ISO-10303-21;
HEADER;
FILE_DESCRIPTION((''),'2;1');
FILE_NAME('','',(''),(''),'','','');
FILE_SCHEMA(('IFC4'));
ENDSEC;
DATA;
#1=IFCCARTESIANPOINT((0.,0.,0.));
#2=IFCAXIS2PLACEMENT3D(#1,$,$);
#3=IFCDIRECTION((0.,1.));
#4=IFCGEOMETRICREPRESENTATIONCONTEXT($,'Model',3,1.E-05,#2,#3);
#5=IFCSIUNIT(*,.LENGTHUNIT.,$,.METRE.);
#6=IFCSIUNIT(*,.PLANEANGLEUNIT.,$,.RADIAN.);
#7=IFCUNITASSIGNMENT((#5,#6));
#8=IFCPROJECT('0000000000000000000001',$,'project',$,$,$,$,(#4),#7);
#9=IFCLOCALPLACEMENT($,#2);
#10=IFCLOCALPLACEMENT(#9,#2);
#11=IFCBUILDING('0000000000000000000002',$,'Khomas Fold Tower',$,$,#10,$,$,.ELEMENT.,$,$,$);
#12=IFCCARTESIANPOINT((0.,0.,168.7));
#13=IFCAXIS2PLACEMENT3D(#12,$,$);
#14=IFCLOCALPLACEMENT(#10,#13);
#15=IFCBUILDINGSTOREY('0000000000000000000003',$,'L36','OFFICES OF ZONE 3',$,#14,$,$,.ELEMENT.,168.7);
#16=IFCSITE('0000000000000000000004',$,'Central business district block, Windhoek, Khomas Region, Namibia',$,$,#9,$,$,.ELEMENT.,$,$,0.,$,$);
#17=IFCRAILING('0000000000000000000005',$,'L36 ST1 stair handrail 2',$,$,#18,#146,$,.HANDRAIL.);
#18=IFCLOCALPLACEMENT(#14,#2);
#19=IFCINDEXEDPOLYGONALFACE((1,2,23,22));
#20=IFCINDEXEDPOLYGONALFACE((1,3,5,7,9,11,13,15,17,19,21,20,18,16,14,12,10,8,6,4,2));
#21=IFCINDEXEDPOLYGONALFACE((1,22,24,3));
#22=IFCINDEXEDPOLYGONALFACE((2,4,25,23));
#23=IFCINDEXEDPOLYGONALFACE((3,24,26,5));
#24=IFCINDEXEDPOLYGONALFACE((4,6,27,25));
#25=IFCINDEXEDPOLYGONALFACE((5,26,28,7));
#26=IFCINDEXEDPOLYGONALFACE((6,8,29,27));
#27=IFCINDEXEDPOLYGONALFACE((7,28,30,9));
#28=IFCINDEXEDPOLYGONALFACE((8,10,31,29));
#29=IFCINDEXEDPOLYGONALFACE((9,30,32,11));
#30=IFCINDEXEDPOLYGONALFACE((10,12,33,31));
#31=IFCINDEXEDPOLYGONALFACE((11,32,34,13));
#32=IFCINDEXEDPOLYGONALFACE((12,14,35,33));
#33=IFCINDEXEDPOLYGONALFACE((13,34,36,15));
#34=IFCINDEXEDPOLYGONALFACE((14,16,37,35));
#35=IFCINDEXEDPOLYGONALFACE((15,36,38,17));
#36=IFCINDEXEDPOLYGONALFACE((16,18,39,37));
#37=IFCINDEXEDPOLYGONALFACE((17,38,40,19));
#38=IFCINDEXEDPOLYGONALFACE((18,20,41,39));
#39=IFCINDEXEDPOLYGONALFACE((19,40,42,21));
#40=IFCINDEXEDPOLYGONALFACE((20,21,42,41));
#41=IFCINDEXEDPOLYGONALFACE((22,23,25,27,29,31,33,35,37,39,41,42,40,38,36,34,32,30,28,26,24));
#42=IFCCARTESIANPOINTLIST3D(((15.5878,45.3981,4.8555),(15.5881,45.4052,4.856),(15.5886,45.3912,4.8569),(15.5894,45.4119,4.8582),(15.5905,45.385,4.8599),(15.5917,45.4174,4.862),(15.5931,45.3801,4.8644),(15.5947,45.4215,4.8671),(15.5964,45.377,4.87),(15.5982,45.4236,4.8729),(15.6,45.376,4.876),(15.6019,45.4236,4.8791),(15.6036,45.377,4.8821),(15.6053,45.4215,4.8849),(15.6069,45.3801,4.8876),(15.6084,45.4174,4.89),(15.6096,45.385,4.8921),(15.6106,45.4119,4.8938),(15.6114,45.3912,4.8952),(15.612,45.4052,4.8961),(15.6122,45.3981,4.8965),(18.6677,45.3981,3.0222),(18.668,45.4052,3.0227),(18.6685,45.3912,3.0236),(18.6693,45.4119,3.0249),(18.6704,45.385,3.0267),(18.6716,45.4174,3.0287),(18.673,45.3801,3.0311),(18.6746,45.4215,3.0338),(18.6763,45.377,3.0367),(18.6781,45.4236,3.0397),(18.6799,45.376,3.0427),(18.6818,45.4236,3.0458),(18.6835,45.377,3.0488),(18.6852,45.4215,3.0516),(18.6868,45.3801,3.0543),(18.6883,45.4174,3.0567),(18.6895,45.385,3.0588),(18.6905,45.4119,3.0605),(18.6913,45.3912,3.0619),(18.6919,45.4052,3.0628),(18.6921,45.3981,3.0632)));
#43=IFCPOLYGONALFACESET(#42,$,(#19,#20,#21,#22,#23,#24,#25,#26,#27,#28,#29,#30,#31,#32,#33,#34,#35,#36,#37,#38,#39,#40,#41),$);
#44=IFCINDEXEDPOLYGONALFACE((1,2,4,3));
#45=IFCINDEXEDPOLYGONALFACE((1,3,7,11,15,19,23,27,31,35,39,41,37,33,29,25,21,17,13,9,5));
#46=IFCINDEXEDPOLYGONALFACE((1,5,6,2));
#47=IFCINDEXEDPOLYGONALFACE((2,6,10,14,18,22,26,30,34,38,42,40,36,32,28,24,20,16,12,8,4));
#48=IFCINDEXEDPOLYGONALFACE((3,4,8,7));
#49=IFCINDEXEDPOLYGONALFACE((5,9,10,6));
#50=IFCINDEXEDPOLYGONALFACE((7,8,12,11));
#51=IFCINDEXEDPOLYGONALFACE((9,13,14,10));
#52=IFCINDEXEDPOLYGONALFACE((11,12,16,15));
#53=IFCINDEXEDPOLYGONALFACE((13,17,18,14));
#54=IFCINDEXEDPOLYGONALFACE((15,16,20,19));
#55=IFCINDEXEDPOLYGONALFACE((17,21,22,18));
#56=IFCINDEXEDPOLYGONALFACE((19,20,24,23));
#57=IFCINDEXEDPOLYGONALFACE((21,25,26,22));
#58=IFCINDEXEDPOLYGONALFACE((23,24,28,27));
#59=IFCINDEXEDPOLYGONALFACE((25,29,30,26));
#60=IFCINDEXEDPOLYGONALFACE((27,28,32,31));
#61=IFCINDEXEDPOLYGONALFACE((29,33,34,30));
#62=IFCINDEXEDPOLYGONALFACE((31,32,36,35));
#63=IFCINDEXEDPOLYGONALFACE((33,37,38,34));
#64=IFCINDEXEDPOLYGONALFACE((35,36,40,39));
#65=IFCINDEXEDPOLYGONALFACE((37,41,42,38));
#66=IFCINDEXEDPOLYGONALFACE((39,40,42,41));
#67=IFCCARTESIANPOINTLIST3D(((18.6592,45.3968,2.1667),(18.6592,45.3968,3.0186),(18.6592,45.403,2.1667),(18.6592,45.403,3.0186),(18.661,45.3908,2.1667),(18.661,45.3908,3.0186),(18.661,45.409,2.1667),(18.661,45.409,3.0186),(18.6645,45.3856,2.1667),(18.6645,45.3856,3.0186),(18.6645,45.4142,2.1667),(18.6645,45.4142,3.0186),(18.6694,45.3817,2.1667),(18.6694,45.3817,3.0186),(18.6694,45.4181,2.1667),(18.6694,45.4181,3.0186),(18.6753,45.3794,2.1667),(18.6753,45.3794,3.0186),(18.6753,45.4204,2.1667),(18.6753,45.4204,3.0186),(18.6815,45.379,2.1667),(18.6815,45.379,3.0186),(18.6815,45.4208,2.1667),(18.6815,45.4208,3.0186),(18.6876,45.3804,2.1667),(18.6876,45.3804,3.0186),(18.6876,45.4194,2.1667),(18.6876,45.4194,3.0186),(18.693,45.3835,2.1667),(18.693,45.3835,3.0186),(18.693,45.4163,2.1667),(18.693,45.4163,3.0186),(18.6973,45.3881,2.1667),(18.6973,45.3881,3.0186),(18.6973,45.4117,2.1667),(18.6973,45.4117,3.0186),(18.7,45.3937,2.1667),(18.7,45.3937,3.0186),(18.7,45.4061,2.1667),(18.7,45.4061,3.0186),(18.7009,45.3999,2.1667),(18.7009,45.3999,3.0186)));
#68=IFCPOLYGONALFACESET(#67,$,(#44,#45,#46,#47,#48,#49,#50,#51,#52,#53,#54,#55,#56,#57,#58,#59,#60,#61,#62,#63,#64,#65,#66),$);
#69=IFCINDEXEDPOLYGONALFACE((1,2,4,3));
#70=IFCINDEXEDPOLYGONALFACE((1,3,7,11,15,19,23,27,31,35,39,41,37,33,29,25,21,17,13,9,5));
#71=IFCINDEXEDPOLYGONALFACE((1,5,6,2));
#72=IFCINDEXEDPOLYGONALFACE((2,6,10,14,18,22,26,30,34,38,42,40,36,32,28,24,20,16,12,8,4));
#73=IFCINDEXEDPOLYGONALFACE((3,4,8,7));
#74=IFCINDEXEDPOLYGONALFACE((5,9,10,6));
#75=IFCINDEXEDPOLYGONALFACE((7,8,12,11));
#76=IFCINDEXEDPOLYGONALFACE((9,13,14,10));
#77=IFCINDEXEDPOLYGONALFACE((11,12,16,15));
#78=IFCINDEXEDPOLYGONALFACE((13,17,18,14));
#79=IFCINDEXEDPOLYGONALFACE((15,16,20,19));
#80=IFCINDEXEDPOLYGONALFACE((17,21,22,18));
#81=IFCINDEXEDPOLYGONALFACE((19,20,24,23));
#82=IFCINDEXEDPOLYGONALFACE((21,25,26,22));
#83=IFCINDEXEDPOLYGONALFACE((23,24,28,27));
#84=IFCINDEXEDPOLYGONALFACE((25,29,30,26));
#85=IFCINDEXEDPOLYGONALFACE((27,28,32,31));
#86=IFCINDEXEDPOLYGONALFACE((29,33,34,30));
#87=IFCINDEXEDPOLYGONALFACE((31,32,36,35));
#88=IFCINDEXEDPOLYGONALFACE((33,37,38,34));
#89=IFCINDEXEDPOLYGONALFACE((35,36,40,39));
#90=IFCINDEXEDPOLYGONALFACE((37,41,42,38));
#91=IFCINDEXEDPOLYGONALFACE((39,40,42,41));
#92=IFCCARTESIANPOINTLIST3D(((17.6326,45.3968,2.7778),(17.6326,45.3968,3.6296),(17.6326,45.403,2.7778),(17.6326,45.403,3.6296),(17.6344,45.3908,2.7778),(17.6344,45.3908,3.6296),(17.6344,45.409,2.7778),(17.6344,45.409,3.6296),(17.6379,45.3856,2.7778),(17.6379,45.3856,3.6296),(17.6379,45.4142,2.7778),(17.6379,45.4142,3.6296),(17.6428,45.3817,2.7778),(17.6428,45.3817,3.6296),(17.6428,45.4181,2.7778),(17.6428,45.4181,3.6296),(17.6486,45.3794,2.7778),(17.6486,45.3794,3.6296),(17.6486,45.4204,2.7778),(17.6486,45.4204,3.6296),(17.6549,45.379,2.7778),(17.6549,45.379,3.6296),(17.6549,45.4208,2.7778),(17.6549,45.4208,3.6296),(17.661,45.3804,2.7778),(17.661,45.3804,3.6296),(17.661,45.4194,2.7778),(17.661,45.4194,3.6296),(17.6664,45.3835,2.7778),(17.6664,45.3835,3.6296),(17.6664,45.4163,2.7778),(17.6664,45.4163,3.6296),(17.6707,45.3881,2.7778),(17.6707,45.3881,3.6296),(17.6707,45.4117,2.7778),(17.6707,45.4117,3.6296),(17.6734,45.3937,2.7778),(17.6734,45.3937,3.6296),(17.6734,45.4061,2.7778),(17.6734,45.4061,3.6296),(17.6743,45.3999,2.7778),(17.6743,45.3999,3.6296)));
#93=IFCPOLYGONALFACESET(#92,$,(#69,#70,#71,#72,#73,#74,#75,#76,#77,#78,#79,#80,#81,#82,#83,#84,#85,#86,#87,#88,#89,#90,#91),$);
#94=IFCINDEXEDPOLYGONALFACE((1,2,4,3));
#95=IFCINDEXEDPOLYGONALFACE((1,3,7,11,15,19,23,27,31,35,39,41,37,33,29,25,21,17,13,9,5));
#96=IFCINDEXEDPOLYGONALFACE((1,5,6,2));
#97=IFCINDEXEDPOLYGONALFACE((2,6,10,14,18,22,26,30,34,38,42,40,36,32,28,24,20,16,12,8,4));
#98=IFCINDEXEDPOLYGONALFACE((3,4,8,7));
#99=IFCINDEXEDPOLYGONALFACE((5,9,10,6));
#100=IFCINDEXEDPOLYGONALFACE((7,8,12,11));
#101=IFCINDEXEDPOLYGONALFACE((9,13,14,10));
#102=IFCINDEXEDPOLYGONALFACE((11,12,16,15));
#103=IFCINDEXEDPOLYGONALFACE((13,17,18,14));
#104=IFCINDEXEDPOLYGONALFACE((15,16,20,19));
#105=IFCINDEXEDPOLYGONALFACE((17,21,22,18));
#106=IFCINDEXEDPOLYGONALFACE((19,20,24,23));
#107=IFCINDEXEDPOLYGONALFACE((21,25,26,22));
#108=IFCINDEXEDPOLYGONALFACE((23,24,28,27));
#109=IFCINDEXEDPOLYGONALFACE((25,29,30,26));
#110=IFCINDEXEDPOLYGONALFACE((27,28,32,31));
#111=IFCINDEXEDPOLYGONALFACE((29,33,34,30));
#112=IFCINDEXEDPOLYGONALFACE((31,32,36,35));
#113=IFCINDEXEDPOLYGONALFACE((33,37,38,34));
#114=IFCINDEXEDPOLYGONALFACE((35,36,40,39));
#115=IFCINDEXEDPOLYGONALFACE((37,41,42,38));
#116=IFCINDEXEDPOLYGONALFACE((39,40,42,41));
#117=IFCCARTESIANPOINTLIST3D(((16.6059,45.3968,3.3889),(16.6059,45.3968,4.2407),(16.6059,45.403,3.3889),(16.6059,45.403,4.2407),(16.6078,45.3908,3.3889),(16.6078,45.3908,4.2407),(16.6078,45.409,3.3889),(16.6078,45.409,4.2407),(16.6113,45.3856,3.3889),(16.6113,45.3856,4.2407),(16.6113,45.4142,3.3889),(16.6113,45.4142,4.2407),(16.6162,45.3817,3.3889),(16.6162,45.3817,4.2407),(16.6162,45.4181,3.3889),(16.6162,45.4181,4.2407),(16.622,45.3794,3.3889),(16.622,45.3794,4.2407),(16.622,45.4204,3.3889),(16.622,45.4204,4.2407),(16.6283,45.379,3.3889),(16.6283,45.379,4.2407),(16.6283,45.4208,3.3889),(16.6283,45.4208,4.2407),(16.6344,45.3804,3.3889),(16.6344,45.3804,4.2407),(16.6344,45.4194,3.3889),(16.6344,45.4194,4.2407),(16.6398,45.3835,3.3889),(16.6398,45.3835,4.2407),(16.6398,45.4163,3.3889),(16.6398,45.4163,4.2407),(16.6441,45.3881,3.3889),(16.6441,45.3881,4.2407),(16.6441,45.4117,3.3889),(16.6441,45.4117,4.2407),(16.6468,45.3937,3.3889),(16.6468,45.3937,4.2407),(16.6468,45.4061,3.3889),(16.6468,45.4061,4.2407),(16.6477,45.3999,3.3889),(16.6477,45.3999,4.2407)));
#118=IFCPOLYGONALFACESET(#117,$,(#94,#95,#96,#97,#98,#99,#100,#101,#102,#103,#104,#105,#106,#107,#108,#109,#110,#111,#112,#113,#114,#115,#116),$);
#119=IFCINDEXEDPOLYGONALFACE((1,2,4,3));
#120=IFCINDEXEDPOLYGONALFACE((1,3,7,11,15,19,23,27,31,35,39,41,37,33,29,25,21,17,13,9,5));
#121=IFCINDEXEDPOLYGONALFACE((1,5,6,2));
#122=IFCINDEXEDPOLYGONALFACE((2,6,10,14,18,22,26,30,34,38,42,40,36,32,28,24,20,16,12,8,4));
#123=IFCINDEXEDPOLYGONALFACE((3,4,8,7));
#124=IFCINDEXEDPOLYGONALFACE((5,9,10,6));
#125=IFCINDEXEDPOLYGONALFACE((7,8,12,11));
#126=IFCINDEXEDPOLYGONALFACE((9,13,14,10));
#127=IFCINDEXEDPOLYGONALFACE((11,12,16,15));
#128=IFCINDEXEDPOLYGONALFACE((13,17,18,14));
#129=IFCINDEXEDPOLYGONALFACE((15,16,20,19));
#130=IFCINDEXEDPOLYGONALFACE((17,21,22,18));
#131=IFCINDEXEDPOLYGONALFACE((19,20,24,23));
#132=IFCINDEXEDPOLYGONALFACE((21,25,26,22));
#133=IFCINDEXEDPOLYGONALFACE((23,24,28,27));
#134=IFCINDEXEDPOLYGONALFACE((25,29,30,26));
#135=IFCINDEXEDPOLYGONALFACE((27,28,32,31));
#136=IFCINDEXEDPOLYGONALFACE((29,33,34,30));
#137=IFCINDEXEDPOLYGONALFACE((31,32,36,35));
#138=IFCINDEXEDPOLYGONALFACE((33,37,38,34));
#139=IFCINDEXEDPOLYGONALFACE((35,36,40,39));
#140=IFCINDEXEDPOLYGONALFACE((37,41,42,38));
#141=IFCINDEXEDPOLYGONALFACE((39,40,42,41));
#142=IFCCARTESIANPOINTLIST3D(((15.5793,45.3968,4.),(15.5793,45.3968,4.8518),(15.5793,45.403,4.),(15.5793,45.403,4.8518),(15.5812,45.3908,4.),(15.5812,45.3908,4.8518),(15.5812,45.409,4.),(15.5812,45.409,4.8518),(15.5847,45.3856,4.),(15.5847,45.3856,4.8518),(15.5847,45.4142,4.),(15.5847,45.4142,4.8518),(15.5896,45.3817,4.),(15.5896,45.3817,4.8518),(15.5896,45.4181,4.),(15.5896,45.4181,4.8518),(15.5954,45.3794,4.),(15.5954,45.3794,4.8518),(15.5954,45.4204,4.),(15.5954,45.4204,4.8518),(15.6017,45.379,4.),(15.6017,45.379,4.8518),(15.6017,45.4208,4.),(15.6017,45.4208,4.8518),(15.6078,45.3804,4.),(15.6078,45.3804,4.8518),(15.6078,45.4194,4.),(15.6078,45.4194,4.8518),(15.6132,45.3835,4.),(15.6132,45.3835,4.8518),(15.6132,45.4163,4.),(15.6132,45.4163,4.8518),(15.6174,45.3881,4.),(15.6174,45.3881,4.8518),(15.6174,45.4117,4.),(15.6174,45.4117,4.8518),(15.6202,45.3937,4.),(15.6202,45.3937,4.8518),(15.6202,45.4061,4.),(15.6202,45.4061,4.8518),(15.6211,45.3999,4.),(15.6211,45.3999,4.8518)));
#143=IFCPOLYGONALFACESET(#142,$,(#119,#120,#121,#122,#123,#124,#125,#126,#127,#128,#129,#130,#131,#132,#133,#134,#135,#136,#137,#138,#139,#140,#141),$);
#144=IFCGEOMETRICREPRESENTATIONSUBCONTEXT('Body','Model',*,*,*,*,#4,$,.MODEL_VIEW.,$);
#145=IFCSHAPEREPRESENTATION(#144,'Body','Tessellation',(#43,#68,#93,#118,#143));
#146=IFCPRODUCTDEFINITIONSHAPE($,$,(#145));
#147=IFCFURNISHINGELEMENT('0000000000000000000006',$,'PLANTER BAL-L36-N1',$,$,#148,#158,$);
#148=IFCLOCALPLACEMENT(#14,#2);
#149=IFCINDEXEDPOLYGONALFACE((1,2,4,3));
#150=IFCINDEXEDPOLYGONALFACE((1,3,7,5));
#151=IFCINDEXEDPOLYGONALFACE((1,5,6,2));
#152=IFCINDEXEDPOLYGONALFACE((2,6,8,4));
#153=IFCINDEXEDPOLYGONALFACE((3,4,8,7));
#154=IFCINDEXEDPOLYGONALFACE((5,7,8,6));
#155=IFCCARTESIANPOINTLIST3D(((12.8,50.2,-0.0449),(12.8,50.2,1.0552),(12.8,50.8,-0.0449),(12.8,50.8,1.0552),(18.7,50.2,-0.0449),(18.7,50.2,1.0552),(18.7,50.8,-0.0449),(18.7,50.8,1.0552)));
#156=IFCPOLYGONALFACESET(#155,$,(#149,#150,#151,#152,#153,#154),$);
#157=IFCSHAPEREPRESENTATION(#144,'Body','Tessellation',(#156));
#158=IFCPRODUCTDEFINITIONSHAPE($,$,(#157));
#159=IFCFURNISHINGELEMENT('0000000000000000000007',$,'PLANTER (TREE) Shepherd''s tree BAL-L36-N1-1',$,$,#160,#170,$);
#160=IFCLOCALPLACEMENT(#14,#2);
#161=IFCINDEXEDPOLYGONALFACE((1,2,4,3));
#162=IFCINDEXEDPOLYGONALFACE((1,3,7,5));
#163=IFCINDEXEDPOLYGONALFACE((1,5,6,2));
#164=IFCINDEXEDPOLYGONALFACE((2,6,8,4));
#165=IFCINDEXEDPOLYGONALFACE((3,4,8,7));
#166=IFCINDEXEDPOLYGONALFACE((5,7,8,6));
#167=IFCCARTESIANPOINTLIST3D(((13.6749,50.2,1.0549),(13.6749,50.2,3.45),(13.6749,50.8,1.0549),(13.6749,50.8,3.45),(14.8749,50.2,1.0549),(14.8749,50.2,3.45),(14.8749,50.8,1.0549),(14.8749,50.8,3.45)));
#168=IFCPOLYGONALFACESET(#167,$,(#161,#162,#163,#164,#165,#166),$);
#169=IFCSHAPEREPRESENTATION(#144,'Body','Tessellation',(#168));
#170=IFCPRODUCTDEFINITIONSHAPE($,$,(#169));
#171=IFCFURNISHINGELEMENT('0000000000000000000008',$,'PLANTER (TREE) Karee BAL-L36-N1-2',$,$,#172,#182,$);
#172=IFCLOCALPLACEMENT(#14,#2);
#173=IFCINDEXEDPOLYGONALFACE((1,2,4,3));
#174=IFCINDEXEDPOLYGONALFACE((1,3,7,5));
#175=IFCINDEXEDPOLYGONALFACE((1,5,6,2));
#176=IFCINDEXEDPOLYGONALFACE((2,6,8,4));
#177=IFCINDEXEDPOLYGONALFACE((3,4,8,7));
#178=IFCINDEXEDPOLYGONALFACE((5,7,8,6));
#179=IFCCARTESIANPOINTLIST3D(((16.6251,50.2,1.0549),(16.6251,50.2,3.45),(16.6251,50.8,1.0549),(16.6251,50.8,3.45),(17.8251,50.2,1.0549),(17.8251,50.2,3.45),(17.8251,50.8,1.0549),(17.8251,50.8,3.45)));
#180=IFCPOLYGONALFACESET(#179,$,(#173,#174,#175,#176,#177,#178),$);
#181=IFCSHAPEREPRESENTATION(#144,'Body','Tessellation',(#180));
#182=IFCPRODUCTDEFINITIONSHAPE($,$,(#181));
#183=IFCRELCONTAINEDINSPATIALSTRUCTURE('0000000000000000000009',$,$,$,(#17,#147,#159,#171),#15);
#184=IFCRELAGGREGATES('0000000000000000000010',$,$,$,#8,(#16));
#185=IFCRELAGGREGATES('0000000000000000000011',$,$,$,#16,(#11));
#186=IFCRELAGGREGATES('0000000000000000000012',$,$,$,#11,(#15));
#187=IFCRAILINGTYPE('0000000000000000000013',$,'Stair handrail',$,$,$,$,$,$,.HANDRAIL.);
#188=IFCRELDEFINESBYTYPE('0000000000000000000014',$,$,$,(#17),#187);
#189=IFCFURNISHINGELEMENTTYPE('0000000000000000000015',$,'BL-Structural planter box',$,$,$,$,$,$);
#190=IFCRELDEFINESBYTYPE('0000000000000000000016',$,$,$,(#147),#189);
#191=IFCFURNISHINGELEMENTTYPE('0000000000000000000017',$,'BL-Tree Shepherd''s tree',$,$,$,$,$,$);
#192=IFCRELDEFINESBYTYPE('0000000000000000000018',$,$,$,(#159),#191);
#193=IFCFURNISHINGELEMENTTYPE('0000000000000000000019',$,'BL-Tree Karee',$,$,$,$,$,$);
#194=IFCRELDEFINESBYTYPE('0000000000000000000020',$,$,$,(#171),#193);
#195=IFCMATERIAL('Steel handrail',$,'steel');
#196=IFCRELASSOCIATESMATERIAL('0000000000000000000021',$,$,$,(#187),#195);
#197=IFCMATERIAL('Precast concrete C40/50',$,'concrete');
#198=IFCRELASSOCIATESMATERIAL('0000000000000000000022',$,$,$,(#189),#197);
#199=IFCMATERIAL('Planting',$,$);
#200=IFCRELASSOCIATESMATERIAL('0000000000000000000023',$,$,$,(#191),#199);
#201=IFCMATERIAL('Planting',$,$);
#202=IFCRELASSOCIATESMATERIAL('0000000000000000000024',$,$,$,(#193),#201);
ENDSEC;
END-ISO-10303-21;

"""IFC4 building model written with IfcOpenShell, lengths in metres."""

from ifc_helpers import new_model, si_unit, direction, frame, origin, origin_2d, place, context, subcontext, project, spatial, rectangle, circle, extrude, source, transform, mapped, material, type_object, element, save


model = new_model("IFC4")

# Units and contexts
model_context = context("Model", 3, precision=1e-05, world=origin(), true_north=direction((0.0, 1.0)))
body_context = subcontext(model_context, "Body", "Model", "MODEL_VIEW")
ifc_project = project(units=[si_unit("LENGTHUNIT", "METRE"), si_unit("PLANEANGLEUNIT", "RADIAN")], contexts=[model_context])

# Site, building, storey
site_placement = place(None, origin())
site = spatial("IfcSite", under=ifc_project, at=site_placement, Name="Central business district block, Windhoek, Khomas Region, Namibia", CompositionType="ELEMENT", RefElevation=0.0)
building_placement = place(site_placement, origin())
building = spatial("IfcBuilding", under=site, at=building_placement, Name="Khomas Fold Tower", CompositionType="ELEMENT")
storey_placement = place(building_placement, frame((0.0, 0.0, 168.7)))
storey = spatial("IfcBuildingStorey", under=building, at=storey_placement, Name="L36", Description="OFFICES OF ZONE 3", CompositionType="ELEMENT", Elevation=168.7)

# Railing
ifc_material_1 = material(Name="Steel handrail", Category="steel")
railing_type_1 = type_object("IfcRailingType", Name="Stair handrail", PredefinedType="HANDRAIL", material=ifc_material_1)
shared_shape_1 = source(origin(), body_context, "Body", "SweptSolid", [
    extrude(circle(Radius=0.0239, at=origin_2d()), frame((0.0, 0.0, 0.876), z_axis=(-0.859291, 0.0, 0.511487), x_axis=(0.0, -1.0, 0.0)), (0.0, 0.0, 1.0), 3.5842),
    extrude(circle(Radius=0.021, at=origin_2d()), origin(), (0.0, 0.0, 1.0), 0.8518),
    extrude(circle(Radius=0.021, at=origin_2d()), frame((-1.0266, 0.0, 0.6111)), (0.0, 0.0, 1.0), 0.8518),
    extrude(circle(Radius=0.021, at=origin_2d()), frame((-2.0532, 0.0, 1.2222)), (0.0, 0.0, 1.0), 0.8518),
    extrude(circle(Radius=0.021, at=origin_2d()), frame((-3.0798, 0.0, 1.8333)), (0.0, 0.0, 1.0), 0.8518),
])
railing_1_placement = place(storey_placement, frame((18.6799, 45.3999, 2.1667)))
element("IfcRailing", 1, at=railing_1_placement, inside=storey, type_object=railing_type_1, Name="L36 ST1 stair handrail 2", PredefinedType="HANDRAIL", context=body_context, shape_type="MappedRepresentation", body=[
    mapped(shared_shape_1, transform((0.0, 0.0, 0.0))),
])

# Furnishing elements
ifc_material_2 = material(Name="Precast concrete C40/50", Category="concrete")
furnishing_element_type_1 = type_object("IfcFurnishingElementType", Name="BL-Structural planter box", material=ifc_material_2)
shared_shape_2 = source(origin(), body_context, "Body", "SweptSolid", [
    extrude(rectangle(XDim=5.8999, YDim=0.6001, at=origin_2d()), origin(), (0.0, 0.0, 1.0), 1.1001),
])
furnishing_1_placement = place(storey_placement, frame((15.75, 50.5, -0.0449), z_axis=(0.0, 0.0, 1.0), x_axis=(1.0, 0.0, 0.0)))
element("IfcFurnishingElement", 2, at=furnishing_1_placement, inside=storey, type_object=furnishing_element_type_1, Name="PLANTER BAL-L36-N1", context=body_context, shape_type="MappedRepresentation", body=[
    mapped(shared_shape_2, transform((0.0, 0.0, 0.0))),
])
ifc_material_3 = material(Name="Planting")
furnishing_element_type_2 = type_object("IfcFurnishingElementType", Name="BL-Tree Shepherd's tree", material=ifc_material_3)
shared_shape_3 = source(origin(), body_context, "Body", "SweptSolid", [
    extrude(rectangle(XDim=1.2, YDim=0.6001, at=origin_2d()), origin(), (0.0, 0.0, 1.0), 2.395),
])
furnishing_2_placement = place(storey_placement, frame((14.2749, 50.5, 1.0549), z_axis=(0.0, 0.0, 1.0), x_axis=(1.0, 0.0, 0.0)))
element("IfcFurnishingElement", 3, at=furnishing_2_placement, inside=storey, type_object=furnishing_element_type_2, Name="PLANTER (TREE) Shepherd's tree BAL-L36-N1-1", context=body_context, shape_type="MappedRepresentation", body=[
    mapped(shared_shape_3, transform((0.0, 0.0, 0.0))),
])
ifc_material_4 = material(Name="Planting")
furnishing_element_type_3 = type_object("IfcFurnishingElementType", Name="BL-Tree Karee", material=ifc_material_4)
furnishing_3_placement = place(storey_placement, frame((17.2251, 50.5, 1.0549), z_axis=(0.0, 0.0, 1.0), x_axis=(1.0, 0.0, 0.0)))
element("IfcFurnishingElement", 4, at=furnishing_3_placement, inside=storey, type_object=furnishing_element_type_3, Name="PLANTER (TREE) Karee BAL-L36-N1-2", context=body_context, shape_type="MappedRepresentation", body=[
    mapped(shared_shape_3, transform((0.0, 0.0, 0.0))),
])

save(model, "model.ifc")
